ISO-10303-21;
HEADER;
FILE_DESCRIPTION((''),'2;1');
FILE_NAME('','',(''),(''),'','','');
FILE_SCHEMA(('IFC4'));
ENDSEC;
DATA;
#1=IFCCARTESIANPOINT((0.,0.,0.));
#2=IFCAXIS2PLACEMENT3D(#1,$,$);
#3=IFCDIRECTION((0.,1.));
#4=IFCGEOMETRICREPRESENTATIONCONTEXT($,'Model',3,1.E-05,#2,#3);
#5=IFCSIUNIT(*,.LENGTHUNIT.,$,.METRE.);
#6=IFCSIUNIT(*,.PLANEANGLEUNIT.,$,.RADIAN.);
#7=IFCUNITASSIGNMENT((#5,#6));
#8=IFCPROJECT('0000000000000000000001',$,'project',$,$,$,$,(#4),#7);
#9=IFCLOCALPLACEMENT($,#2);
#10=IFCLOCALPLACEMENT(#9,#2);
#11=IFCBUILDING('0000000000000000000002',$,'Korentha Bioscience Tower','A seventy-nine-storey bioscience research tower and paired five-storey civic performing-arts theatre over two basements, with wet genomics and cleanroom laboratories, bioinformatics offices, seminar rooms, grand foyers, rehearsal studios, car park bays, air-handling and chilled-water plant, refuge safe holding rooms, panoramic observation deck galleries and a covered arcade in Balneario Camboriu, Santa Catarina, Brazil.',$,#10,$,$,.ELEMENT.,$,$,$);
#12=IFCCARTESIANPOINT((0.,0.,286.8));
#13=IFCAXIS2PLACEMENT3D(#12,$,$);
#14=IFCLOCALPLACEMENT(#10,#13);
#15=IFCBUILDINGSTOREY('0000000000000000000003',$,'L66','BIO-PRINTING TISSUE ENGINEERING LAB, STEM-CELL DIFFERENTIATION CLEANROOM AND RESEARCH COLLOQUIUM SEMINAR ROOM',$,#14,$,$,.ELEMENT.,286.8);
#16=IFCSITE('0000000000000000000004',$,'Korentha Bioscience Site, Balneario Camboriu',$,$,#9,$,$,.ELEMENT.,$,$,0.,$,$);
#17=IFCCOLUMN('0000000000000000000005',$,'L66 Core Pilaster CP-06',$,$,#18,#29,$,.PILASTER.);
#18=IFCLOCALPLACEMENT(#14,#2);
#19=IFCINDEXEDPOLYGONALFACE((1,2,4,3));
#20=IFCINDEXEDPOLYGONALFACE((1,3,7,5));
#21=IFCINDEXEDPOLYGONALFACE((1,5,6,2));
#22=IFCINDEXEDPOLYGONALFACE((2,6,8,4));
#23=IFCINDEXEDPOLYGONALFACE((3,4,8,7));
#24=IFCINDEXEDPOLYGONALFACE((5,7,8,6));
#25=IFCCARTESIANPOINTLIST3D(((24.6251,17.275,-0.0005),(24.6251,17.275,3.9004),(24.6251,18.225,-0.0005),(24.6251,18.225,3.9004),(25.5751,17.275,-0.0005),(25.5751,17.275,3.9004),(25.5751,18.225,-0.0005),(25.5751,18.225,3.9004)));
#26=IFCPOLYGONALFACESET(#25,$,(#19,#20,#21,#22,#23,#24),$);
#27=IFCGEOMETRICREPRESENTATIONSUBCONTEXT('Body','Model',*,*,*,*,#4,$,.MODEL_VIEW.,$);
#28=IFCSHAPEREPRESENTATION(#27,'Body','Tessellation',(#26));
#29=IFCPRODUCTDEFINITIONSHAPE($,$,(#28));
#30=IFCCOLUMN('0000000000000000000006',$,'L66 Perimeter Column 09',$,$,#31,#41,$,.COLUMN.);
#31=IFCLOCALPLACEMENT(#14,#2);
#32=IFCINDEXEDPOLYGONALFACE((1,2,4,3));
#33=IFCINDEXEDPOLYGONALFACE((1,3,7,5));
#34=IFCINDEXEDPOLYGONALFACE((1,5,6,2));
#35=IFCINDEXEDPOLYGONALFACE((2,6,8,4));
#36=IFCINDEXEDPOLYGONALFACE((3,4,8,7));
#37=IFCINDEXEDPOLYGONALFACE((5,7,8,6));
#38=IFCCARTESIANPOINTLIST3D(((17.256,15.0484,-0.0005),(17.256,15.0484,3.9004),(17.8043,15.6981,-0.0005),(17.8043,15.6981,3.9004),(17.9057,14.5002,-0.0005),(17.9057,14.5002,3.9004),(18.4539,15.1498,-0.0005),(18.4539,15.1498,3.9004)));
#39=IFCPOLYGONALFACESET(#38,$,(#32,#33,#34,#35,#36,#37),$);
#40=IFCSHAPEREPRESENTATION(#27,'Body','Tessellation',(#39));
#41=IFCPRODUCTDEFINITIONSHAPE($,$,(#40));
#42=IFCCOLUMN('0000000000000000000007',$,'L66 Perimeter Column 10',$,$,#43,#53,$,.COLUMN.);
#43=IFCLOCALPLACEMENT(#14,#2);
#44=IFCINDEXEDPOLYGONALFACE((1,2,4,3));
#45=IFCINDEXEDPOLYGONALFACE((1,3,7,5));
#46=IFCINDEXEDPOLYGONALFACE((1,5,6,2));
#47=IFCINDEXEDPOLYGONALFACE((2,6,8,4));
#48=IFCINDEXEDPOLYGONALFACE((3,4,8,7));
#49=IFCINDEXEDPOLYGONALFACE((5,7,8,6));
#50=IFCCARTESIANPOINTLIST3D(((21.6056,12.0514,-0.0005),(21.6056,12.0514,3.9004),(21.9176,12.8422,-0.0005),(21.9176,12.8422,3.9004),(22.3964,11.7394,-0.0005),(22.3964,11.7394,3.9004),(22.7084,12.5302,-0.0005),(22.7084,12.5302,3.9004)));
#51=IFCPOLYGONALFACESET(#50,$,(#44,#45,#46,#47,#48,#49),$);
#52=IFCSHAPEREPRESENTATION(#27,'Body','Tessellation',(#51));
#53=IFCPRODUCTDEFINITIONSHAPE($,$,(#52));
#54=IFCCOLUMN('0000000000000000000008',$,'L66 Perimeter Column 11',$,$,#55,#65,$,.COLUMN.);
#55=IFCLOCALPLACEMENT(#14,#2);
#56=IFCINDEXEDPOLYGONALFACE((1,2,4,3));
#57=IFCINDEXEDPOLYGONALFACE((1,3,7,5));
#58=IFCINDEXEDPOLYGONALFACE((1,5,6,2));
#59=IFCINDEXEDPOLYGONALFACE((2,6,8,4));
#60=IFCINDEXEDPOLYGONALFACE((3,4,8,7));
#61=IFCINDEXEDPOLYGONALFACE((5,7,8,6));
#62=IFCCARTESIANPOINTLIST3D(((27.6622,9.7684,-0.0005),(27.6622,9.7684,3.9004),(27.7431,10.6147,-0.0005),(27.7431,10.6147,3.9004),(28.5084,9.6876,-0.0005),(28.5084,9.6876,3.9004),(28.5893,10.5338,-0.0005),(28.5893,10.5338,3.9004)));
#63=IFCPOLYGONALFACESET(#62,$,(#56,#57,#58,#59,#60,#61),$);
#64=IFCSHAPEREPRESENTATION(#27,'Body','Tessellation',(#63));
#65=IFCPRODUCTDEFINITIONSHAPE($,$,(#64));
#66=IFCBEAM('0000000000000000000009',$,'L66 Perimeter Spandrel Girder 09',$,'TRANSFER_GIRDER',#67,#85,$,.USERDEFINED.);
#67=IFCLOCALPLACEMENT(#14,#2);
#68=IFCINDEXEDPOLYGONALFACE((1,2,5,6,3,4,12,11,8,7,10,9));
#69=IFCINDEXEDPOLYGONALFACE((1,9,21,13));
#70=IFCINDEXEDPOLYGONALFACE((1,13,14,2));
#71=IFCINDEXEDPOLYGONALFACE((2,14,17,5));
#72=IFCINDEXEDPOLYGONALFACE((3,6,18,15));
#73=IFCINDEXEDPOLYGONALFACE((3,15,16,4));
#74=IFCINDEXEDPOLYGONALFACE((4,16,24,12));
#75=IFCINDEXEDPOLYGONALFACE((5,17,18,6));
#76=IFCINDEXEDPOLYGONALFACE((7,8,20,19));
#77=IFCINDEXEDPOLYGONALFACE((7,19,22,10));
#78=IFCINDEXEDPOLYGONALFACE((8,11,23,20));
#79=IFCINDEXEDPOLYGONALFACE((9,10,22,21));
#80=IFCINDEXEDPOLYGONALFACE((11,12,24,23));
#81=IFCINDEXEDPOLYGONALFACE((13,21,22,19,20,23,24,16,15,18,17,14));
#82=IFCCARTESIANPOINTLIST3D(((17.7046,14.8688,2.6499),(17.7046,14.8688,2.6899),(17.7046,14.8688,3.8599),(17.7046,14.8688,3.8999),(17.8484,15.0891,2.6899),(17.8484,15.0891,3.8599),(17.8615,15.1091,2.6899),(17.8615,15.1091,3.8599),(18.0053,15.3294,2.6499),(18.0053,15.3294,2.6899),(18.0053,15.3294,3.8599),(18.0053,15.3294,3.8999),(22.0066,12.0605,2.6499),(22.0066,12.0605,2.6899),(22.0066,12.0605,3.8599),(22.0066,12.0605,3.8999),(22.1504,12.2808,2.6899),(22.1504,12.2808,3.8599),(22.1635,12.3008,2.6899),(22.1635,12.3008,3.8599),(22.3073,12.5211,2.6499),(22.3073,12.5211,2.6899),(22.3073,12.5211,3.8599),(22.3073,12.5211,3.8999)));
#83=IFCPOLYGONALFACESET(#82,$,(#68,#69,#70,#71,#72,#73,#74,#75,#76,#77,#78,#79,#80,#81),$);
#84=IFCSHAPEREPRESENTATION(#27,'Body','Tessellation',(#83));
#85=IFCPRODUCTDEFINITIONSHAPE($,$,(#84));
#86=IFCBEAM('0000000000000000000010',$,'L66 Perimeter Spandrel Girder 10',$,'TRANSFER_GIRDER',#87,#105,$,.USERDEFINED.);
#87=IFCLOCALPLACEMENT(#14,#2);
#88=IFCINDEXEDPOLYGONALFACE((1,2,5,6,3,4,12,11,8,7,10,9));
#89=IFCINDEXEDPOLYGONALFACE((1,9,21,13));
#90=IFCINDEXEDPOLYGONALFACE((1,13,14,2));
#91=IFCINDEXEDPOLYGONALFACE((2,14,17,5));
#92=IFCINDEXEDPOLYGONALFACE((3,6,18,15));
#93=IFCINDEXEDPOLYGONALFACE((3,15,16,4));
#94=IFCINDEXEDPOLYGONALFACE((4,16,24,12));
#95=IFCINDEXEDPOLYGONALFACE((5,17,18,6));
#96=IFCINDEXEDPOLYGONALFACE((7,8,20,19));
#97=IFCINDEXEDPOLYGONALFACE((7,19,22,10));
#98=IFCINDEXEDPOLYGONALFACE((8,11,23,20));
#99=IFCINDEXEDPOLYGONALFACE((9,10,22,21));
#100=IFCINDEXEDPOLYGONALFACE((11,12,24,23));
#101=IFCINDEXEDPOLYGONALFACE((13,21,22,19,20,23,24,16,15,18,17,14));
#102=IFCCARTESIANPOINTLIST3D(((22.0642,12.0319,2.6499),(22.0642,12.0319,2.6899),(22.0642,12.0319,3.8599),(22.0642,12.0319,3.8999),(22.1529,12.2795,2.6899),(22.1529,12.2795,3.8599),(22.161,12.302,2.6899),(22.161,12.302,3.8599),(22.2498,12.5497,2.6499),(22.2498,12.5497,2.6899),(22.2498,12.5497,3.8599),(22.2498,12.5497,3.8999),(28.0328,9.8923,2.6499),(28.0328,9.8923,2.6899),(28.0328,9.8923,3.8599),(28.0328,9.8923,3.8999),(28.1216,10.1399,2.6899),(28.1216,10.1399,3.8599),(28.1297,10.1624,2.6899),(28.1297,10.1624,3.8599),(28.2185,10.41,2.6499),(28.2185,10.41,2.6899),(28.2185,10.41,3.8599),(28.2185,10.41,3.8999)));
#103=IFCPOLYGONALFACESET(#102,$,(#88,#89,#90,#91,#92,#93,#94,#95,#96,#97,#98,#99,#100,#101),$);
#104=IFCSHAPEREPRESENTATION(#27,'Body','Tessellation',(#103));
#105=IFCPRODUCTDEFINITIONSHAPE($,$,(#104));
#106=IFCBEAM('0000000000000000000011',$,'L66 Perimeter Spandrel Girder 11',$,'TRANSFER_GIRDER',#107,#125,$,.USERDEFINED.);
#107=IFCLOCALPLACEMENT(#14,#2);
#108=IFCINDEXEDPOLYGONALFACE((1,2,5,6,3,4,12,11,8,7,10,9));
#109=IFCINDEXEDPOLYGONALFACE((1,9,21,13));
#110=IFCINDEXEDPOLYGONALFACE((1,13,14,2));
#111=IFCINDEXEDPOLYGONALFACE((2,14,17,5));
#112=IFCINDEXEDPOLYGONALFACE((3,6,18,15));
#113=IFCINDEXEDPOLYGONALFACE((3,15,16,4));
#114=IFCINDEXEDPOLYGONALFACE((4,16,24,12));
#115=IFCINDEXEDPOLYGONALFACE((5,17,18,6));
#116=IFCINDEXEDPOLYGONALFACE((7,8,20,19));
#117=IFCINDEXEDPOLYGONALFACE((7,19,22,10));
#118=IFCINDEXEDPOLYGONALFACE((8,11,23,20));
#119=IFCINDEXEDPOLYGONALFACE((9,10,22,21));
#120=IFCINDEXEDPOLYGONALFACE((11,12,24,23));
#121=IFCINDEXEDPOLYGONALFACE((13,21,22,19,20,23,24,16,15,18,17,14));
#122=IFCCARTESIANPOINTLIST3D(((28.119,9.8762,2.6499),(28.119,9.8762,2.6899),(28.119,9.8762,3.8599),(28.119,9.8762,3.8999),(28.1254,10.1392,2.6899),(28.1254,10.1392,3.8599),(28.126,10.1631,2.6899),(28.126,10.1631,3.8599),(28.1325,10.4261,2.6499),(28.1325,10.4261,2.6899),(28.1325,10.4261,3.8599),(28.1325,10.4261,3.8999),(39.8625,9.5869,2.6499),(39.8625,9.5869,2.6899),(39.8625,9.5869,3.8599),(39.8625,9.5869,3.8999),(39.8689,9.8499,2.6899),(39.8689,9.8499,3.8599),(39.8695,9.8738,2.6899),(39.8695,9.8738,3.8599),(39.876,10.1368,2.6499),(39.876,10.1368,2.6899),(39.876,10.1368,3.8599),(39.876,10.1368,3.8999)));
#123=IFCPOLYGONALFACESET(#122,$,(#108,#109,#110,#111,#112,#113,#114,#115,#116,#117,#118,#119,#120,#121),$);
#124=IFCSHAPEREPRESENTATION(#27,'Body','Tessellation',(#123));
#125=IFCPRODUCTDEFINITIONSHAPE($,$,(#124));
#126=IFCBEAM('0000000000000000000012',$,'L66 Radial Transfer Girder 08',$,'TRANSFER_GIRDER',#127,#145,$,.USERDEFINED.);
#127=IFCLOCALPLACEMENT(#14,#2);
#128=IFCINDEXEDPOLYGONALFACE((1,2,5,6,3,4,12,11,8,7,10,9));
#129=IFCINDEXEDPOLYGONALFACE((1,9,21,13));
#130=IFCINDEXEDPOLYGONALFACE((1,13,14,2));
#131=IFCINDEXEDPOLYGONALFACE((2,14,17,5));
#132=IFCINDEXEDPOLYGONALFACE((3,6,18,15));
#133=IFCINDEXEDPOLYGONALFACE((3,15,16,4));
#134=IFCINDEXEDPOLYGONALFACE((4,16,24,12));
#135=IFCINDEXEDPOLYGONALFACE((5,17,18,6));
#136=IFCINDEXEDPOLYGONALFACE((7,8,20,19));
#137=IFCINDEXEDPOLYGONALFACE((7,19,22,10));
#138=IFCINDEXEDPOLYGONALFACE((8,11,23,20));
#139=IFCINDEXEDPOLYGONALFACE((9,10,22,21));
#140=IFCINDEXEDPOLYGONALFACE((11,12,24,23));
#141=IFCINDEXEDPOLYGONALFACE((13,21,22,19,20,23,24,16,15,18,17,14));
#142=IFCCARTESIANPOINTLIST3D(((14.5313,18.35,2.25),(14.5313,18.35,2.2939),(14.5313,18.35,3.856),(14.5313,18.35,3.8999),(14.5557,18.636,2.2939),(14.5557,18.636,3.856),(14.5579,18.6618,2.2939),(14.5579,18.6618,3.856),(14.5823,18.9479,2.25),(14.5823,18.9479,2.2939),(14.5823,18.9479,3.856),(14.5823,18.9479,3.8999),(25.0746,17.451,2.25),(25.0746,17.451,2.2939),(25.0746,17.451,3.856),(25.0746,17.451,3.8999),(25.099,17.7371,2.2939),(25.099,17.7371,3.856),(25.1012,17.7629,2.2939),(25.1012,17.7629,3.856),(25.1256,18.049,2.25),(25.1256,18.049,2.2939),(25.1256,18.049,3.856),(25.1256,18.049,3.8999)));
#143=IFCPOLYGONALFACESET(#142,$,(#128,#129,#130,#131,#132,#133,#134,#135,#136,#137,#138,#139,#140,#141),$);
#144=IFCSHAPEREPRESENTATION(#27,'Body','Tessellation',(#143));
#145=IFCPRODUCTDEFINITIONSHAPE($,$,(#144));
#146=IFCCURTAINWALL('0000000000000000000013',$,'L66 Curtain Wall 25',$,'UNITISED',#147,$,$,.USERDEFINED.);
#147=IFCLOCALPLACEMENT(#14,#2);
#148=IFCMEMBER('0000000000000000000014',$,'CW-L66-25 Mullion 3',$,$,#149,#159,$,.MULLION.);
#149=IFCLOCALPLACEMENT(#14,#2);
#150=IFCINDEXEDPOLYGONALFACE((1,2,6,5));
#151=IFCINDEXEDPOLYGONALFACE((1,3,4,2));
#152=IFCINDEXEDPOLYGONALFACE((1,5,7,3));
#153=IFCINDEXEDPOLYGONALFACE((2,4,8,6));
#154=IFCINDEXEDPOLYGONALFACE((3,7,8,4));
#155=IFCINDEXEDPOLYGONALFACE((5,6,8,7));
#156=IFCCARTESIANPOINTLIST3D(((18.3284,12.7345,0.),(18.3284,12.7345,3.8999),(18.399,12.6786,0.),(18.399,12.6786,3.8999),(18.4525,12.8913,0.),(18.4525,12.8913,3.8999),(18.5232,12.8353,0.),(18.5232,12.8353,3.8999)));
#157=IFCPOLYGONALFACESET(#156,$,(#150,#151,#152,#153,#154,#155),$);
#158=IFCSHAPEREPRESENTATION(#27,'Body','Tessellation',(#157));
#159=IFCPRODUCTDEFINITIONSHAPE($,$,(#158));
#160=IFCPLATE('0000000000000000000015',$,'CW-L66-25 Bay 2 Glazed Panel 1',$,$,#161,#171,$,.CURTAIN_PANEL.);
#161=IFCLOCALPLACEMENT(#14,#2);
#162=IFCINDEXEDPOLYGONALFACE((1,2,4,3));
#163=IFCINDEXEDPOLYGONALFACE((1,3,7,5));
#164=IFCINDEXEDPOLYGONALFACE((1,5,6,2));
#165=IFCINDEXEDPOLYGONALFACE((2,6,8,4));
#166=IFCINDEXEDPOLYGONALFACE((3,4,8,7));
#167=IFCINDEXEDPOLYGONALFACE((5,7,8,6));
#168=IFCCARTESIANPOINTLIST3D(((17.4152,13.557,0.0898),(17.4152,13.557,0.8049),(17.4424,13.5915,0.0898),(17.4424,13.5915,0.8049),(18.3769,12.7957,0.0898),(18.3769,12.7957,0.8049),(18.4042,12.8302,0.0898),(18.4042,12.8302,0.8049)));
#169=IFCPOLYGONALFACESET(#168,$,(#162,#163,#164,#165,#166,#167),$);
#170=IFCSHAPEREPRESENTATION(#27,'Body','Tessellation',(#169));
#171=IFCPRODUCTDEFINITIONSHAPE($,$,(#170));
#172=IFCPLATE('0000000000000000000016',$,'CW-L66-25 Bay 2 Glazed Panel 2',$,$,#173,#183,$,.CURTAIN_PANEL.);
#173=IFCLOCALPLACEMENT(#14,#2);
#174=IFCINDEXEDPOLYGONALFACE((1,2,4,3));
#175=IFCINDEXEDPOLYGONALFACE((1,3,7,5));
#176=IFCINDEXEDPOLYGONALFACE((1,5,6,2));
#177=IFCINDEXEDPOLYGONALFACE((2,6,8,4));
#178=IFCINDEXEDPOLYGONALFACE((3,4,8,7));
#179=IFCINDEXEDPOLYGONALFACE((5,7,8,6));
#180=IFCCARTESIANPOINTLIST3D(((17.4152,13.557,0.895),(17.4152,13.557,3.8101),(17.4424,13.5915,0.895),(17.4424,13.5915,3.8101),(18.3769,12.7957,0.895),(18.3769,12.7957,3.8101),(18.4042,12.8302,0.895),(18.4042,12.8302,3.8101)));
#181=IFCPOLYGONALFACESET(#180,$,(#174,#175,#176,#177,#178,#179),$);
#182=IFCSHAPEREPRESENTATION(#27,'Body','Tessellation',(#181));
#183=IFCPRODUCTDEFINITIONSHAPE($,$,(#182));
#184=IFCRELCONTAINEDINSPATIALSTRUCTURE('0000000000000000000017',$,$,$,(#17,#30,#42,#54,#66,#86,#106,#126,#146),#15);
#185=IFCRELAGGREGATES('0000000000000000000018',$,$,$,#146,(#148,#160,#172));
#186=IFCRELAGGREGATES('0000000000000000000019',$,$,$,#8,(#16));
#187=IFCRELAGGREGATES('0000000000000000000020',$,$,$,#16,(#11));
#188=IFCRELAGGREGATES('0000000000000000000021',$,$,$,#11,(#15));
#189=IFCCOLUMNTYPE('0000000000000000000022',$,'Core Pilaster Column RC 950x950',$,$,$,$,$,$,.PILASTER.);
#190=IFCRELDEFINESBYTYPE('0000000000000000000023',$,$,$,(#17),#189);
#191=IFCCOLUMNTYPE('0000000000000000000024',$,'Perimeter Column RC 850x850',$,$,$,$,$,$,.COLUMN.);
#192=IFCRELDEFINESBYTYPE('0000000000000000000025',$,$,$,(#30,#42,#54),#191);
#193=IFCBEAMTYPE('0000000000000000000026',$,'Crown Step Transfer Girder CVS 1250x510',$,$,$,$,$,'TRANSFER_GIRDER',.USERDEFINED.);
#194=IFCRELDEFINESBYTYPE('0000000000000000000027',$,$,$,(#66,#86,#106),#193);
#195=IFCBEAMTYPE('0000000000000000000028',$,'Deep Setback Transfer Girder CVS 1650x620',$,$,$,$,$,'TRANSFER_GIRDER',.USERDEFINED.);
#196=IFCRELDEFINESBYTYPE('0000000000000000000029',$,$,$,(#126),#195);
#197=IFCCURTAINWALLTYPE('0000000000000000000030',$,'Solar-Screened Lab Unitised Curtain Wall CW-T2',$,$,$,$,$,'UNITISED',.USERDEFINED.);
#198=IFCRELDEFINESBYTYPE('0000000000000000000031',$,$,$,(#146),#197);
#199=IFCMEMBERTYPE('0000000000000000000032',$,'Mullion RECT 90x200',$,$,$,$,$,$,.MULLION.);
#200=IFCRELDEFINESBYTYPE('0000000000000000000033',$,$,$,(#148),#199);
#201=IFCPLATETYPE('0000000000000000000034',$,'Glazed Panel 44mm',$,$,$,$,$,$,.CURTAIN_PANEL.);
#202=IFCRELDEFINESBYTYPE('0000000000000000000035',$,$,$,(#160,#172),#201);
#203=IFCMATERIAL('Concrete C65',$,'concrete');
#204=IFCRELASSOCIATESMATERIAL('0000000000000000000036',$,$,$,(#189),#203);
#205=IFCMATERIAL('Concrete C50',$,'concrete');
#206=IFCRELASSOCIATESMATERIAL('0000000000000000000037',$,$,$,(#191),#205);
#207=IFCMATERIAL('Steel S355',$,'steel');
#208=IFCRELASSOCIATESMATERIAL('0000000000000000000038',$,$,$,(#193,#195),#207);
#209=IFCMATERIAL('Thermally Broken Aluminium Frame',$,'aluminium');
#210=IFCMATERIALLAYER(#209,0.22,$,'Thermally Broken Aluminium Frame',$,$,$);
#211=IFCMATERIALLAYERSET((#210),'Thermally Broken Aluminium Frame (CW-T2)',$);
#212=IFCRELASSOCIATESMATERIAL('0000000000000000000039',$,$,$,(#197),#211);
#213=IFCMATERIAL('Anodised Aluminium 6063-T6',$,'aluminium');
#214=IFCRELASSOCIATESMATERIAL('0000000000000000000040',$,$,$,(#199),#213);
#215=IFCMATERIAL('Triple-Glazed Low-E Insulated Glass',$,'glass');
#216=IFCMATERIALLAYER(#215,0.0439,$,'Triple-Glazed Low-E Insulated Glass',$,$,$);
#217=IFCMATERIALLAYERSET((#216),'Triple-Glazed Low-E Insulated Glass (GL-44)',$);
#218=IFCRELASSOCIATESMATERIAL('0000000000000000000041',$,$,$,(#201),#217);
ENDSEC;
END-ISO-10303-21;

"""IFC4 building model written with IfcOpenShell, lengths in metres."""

from ifc_helpers import new_model, si_unit, direction, frame, origin, origin_2d, place, context, subcontext, project, spatial, rectangle, i_section, extrude, material, layer, layer_set, material_profile, profile_set, type_object, element, aggregate, save


model = new_model("IFC4")

# Units and contexts
model_context = context("Model", 3, precision=1e-05, world=origin(), true_north=direction((0.0, 1.0)))
body_context = subcontext(model_context, "Body", "Model", "MODEL_VIEW")
ifc_project = project(units=[si_unit("LENGTHUNIT", "METRE"), si_unit("PLANEANGLEUNIT", "RADIAN")], contexts=[model_context])

# Site, building, storey
site_placement = place(None, origin())
site = spatial("IfcSite", under=ifc_project, at=site_placement, Name="Korentha Bioscience Site, Balneario Camboriu", CompositionType="ELEMENT", RefElevation=0.0)
building_placement = place(site_placement, origin())
building = spatial("IfcBuilding", under=site, at=building_placement, Name="Korentha Bioscience Tower", Description="A seventy-nine-storey bioscience research tower and paired five-storey civic performing-arts theatre over two basements, with wet genomics and cleanroom laboratories, bioinformatics offices, seminar rooms, grand foyers, rehearsal studios, car park bays, air-handling and chilled-water plant, refuge safe holding rooms, panoramic observation deck galleries and a covered arcade in Balneario Camboriu, Santa Catarina, Brazil.", CompositionType="ELEMENT")
storey_placement = place(building_placement, frame((0.0, 0.0, 286.8)))
storey = spatial("IfcBuildingStorey", under=building, at=storey_placement, Name="L66", Description="BIO-PRINTING TISSUE ENGINEERING LAB, STEM-CELL DIFFERENTIATION CLEANROOM AND RESEARCH COLLOQUIUM SEMINAR ROOM", CompositionType="ELEMENT", Elevation=286.8)

# Columns
ifc_material_1 = material(Name="Concrete C65", Category="concrete")
ifc_material_profile_1 = material_profile(ifc_material_1, rectangle(XDim=0.95, YDim=0.95, at=origin_2d()), Name="Concrete C65")
ifc_profile_set_1 = profile_set([ifc_material_profile_1], Name="Concrete C65 (COL-CP09)")
column_type_1 = type_object("IfcColumnType", Name="Core Pilaster Column RC 950x950", PredefinedType="PILASTER", material=ifc_profile_set_1)
column_placement = place(storey_placement, frame((25.1001, 17.75, -0.0005), z_axis=(0.0, 0.0, 1.0), x_axis=(1.0, 0.0, 0.0)))
element("IfcColumn", 1, at=column_placement, inside=storey, type_object=column_type_1, Name="L66 Core Pilaster CP-06", PredefinedType="PILASTER", context=body_context, shape_type="SweptSolid", body=[
    extrude(rectangle(XDim=0.95, YDim=0.95, at=origin_2d()), origin(), (0.0, 0.0, 1.0), 3.9009),
])
ifc_material_2 = material(Name="Concrete C50", Category="concrete")
ifc_material_profile_2 = material_profile(ifc_material_2, rectangle(XDim=0.8501, YDim=0.8501, at=origin_2d()), Name="Concrete C50")
ifc_profile_set_2 = profile_set([ifc_material_profile_2], Name="Concrete C50 (COL-P08)")
column_type_2 = type_object("IfcColumnType", Name="Perimeter Column RC 850x850", PredefinedType="COLUMN", material=ifc_profile_set_2)
for number, where, z_axis, x_axis, name in (
    (2, (17.855, 15.0991, -0.0005), (0.0, 0.0, 1.0), (-0.764246, 0.644924, 0.0), "L66 Perimeter Column 09"),
    (3, (22.157, 12.2908, -0.0005), (0.0, 0.0, 1.0), (-0.930226, 0.366988, 0.0), "L66 Perimeter Column 10"),
    (4, (28.1257, 10.1511, -0.0005), (0.0, 0.0, 1.0), (-0.995463, 0.095151, 0.0), "L66 Perimeter Column 11"),
):
    element("IfcColumn", number, at=place(storey_placement, frame(where, z_axis=z_axis, x_axis=x_axis)), inside=storey, type_object=column_type_2, Name=name, PredefinedType="COLUMN", context=body_context, shape_type="SweptSolid", body=[
        extrude(rectangle(XDim=0.8501, YDim=0.8501, at=origin_2d()), origin(), (0.0, 0.0, 1.0), 3.9009),
    ])

# Beams
ifc_material_3 = material(Name="Steel S355", Category="steel")
ifc_material_profile_3 = material_profile(ifc_material_3, i_section(OverallWidth=0.55, OverallDepth=1.25, WebThickness=0.0239, FlangeThickness=0.04, at=origin_2d()), Name="Steel S355")
ifc_profile_set_3 = profile_set([ifc_material_profile_3], Name="Steel S355 (TG-03)")
beam_type_1 = type_object("IfcBeamType", Name="Crown Step Transfer Girder CVS 1250x510", ElementType="TRANSFER_GIRDER", PredefinedType="USERDEFINED", material=ifc_profile_set_3)
beam_1_placement = place(storey_placement, frame((17.855, 15.0991, 3.2749), z_axis=(0.83737, -0.546636, 0.0), x_axis=(0.546636, 0.83737, 0.0)))
element("IfcBeam", 5, at=beam_1_placement, inside=storey, type_object=beam_type_1, Name="L66 Perimeter Spandrel Girder 09", ObjectType="TRANSFER_GIRDER", PredefinedType="USERDEFINED", context=body_context, shape_type="SweptSolid", body=[
    extrude(i_section(OverallWidth=0.55, OverallDepth=1.25, WebThickness=0.0239, FlangeThickness=0.04, at=origin_2d()), origin(), (0.0, 0.0, 1.0), 5.1375),
])
beam_2_placement = place(storey_placement, frame((22.157, 12.2908, 3.2749), z_axis=(0.941344, -0.337448, 0.0), x_axis=(0.337448, 0.941344, 0.0)))
element("IfcBeam", 6, at=beam_2_placement, inside=storey, type_object=beam_type_1, Name="L66 Perimeter Spandrel Girder 10", ObjectType="TRANSFER_GIRDER", PredefinedType="USERDEFINED", context=body_context, shape_type="SweptSolid", body=[
    extrude(i_section(OverallWidth=0.55, OverallDepth=1.25, WebThickness=0.0239, FlangeThickness=0.04, at=origin_2d()), origin(), (0.0, 0.0, 1.0), 6.3406),
])
beam_3_placement = place(storey_placement, frame((28.1257, 10.1511, 3.2749), z_axis=(0.999697, -0.024628, 0.0), x_axis=(0.024628, 0.999697, 0.0)))
element("IfcBeam", 7, at=beam_3_placement, inside=storey, type_object=beam_type_1, Name="L66 Perimeter Spandrel Girder 11", ObjectType="TRANSFER_GIRDER", PredefinedType="USERDEFINED", context=body_context, shape_type="SweptSolid", body=[
    extrude(i_section(OverallWidth=0.55, OverallDepth=1.25, WebThickness=0.0239, FlangeThickness=0.04, at=origin_2d()), origin(), (0.0, 0.0, 1.0), 11.7471),
])
ifc_material_profile_4 = material_profile(ifc_material_3, i_section(OverallWidth=0.6001, OverallDepth=1.6499, WebThickness=0.0259, FlangeThickness=0.0439, at=origin_2d()), Name="Steel S355")
ifc_profile_set_4 = profile_set([ifc_material_profile_4], Name="Steel S355 (TG-04)")
beam_type_2 = type_object("IfcBeamType", Name="Deep Setback Transfer Girder CVS 1650x620", ElementType="TRANSFER_GIRDER", PredefinedType="USERDEFINED", material=ifc_profile_set_4)
beam_4_placement = place(storey_placement, frame((25.1001, 17.75, 3.075), z_axis=(-0.996385, 0.084953, 0.0), x_axis=(-0.084953, -0.996385, 0.0)))
element("IfcBeam", 8, at=beam_4_placement, inside=storey, type_object=beam_type_2, Name="L66 Radial Transfer Girder 08", ObjectType="TRANSFER_GIRDER", PredefinedType="USERDEFINED", context=body_context, shape_type="SweptSolid", body=[
    extrude(i_section(OverallWidth=0.6001, OverallDepth=1.6499, WebThickness=0.0259, FlangeThickness=0.0439, at=origin_2d()), origin(), (0.0, 0.0, 1.0), 10.5815),
])

# Curtain wall, member, plates
ifc_material_4 = material(Name="Thermally Broken Aluminium Frame", Category="aluminium")
ifc_layer_1 = layer(ifc_material_4, 0.22, Name="Thermally Broken Aluminium Frame")
ifc_layer_set_1 = layer_set([ifc_layer_1], Name="Thermally Broken Aluminium Frame (CW-T2)")
curtain_wall_type = type_object("IfcCurtainWallType", Name="Solar-Screened Lab Unitised Curtain Wall CW-T2", ElementType="UNITISED", PredefinedType="USERDEFINED", material=ifc_layer_set_1)
curtain_wall_placement = place(storey_placement, origin())
curtain_wall = element("IfcCurtainWall", 9, at=curtain_wall_placement, inside=storey, type_object=curtain_wall_type, Name="L66 Curtain Wall 25", ObjectType="UNITISED", PredefinedType="USERDEFINED")
ifc_material_5 = material(Name="Anodised Aluminium 6063-T6", Category="aluminium")
ifc_material_profile_5 = material_profile(ifc_material_5, rectangle(XDim=0.0901, YDim=0.2, at=origin_2d()), Name="Anodised Aluminium 6063-T6")
ifc_profile_set_5 = profile_set([ifc_material_profile_5], Name="Anodised Aluminium 6063-T6 (CW-MUL)")
member_type = type_object("IfcMemberType", Name="Mullion RECT 90x200", PredefinedType="MULLION", material=ifc_profile_set_5)
member_placement = place(storey_placement, frame((18.4258, 12.7849, 0.0), z_axis=(0.0, 0.0, 1.0), x_axis=(0.784076, -0.620665, 0.0)))
member = element("IfcMember", 10, at=member_placement, type_object=member_type, Name="CW-L66-25 Mullion 3", PredefinedType="MULLION", context=body_context, shape_type="SweptSolid", body=[
    extrude(rectangle(XDim=0.0901, YDim=0.2, at=origin_2d()), origin(), (0.0, 0.0, 1.0), 3.8999),
])
ifc_material_6 = material(Name="Triple-Glazed Low-E Insulated Glass", Category="glass")
ifc_layer_2 = layer(ifc_material_6, 0.0439, Name="Triple-Glazed Low-E Insulated Glass")
ifc_layer_set_2 = layer_set([ifc_layer_2], Name="Triple-Glazed Low-E Insulated Glass (GL-44)")
plate_type = type_object("IfcPlateType", Name="Glazed Panel 44mm", PredefinedType="CURTAIN_PANEL", material=ifc_layer_set_2)
plate_1_placement = place(storey_placement, frame((17.9097, 13.1936, 0.0898), z_axis=(0.0, 0.0, 1.0), x_axis=(0.784076, -0.620665, 0.0)))
plate_1 = element("IfcPlate", 11, at=plate_1_placement, type_object=plate_type, Name="CW-L66-25 Bay 2 Glazed Panel 1", PredefinedType="CURTAIN_PANEL", context=body_context, shape_type="SweptSolid", body=[
    extrude(rectangle(XDim=1.2266, YDim=0.0439, at=origin_2d()), origin(), (0.0, 0.0, 1.0), 0.7151),
])
plate_2_placement = place(storey_placement, frame((17.9097, 13.1936, 0.895), z_axis=(0.0, 0.0, 1.0), x_axis=(0.784076, -0.620665, 0.0)))
plate_2 = element("IfcPlate", 12, at=plate_2_placement, type_object=plate_type, Name="CW-L66-25 Bay 2 Glazed Panel 2", PredefinedType="CURTAIN_PANEL", context=body_context, shape_type="SweptSolid", body=[
    extrude(rectangle(XDim=1.2266, YDim=0.0439, at=origin_2d()), origin(), (0.0, 0.0, 1.0), 2.915),
])
aggregate(curtain_wall, [member, plate_1, plate_2])

save(model, "model.ifc")
